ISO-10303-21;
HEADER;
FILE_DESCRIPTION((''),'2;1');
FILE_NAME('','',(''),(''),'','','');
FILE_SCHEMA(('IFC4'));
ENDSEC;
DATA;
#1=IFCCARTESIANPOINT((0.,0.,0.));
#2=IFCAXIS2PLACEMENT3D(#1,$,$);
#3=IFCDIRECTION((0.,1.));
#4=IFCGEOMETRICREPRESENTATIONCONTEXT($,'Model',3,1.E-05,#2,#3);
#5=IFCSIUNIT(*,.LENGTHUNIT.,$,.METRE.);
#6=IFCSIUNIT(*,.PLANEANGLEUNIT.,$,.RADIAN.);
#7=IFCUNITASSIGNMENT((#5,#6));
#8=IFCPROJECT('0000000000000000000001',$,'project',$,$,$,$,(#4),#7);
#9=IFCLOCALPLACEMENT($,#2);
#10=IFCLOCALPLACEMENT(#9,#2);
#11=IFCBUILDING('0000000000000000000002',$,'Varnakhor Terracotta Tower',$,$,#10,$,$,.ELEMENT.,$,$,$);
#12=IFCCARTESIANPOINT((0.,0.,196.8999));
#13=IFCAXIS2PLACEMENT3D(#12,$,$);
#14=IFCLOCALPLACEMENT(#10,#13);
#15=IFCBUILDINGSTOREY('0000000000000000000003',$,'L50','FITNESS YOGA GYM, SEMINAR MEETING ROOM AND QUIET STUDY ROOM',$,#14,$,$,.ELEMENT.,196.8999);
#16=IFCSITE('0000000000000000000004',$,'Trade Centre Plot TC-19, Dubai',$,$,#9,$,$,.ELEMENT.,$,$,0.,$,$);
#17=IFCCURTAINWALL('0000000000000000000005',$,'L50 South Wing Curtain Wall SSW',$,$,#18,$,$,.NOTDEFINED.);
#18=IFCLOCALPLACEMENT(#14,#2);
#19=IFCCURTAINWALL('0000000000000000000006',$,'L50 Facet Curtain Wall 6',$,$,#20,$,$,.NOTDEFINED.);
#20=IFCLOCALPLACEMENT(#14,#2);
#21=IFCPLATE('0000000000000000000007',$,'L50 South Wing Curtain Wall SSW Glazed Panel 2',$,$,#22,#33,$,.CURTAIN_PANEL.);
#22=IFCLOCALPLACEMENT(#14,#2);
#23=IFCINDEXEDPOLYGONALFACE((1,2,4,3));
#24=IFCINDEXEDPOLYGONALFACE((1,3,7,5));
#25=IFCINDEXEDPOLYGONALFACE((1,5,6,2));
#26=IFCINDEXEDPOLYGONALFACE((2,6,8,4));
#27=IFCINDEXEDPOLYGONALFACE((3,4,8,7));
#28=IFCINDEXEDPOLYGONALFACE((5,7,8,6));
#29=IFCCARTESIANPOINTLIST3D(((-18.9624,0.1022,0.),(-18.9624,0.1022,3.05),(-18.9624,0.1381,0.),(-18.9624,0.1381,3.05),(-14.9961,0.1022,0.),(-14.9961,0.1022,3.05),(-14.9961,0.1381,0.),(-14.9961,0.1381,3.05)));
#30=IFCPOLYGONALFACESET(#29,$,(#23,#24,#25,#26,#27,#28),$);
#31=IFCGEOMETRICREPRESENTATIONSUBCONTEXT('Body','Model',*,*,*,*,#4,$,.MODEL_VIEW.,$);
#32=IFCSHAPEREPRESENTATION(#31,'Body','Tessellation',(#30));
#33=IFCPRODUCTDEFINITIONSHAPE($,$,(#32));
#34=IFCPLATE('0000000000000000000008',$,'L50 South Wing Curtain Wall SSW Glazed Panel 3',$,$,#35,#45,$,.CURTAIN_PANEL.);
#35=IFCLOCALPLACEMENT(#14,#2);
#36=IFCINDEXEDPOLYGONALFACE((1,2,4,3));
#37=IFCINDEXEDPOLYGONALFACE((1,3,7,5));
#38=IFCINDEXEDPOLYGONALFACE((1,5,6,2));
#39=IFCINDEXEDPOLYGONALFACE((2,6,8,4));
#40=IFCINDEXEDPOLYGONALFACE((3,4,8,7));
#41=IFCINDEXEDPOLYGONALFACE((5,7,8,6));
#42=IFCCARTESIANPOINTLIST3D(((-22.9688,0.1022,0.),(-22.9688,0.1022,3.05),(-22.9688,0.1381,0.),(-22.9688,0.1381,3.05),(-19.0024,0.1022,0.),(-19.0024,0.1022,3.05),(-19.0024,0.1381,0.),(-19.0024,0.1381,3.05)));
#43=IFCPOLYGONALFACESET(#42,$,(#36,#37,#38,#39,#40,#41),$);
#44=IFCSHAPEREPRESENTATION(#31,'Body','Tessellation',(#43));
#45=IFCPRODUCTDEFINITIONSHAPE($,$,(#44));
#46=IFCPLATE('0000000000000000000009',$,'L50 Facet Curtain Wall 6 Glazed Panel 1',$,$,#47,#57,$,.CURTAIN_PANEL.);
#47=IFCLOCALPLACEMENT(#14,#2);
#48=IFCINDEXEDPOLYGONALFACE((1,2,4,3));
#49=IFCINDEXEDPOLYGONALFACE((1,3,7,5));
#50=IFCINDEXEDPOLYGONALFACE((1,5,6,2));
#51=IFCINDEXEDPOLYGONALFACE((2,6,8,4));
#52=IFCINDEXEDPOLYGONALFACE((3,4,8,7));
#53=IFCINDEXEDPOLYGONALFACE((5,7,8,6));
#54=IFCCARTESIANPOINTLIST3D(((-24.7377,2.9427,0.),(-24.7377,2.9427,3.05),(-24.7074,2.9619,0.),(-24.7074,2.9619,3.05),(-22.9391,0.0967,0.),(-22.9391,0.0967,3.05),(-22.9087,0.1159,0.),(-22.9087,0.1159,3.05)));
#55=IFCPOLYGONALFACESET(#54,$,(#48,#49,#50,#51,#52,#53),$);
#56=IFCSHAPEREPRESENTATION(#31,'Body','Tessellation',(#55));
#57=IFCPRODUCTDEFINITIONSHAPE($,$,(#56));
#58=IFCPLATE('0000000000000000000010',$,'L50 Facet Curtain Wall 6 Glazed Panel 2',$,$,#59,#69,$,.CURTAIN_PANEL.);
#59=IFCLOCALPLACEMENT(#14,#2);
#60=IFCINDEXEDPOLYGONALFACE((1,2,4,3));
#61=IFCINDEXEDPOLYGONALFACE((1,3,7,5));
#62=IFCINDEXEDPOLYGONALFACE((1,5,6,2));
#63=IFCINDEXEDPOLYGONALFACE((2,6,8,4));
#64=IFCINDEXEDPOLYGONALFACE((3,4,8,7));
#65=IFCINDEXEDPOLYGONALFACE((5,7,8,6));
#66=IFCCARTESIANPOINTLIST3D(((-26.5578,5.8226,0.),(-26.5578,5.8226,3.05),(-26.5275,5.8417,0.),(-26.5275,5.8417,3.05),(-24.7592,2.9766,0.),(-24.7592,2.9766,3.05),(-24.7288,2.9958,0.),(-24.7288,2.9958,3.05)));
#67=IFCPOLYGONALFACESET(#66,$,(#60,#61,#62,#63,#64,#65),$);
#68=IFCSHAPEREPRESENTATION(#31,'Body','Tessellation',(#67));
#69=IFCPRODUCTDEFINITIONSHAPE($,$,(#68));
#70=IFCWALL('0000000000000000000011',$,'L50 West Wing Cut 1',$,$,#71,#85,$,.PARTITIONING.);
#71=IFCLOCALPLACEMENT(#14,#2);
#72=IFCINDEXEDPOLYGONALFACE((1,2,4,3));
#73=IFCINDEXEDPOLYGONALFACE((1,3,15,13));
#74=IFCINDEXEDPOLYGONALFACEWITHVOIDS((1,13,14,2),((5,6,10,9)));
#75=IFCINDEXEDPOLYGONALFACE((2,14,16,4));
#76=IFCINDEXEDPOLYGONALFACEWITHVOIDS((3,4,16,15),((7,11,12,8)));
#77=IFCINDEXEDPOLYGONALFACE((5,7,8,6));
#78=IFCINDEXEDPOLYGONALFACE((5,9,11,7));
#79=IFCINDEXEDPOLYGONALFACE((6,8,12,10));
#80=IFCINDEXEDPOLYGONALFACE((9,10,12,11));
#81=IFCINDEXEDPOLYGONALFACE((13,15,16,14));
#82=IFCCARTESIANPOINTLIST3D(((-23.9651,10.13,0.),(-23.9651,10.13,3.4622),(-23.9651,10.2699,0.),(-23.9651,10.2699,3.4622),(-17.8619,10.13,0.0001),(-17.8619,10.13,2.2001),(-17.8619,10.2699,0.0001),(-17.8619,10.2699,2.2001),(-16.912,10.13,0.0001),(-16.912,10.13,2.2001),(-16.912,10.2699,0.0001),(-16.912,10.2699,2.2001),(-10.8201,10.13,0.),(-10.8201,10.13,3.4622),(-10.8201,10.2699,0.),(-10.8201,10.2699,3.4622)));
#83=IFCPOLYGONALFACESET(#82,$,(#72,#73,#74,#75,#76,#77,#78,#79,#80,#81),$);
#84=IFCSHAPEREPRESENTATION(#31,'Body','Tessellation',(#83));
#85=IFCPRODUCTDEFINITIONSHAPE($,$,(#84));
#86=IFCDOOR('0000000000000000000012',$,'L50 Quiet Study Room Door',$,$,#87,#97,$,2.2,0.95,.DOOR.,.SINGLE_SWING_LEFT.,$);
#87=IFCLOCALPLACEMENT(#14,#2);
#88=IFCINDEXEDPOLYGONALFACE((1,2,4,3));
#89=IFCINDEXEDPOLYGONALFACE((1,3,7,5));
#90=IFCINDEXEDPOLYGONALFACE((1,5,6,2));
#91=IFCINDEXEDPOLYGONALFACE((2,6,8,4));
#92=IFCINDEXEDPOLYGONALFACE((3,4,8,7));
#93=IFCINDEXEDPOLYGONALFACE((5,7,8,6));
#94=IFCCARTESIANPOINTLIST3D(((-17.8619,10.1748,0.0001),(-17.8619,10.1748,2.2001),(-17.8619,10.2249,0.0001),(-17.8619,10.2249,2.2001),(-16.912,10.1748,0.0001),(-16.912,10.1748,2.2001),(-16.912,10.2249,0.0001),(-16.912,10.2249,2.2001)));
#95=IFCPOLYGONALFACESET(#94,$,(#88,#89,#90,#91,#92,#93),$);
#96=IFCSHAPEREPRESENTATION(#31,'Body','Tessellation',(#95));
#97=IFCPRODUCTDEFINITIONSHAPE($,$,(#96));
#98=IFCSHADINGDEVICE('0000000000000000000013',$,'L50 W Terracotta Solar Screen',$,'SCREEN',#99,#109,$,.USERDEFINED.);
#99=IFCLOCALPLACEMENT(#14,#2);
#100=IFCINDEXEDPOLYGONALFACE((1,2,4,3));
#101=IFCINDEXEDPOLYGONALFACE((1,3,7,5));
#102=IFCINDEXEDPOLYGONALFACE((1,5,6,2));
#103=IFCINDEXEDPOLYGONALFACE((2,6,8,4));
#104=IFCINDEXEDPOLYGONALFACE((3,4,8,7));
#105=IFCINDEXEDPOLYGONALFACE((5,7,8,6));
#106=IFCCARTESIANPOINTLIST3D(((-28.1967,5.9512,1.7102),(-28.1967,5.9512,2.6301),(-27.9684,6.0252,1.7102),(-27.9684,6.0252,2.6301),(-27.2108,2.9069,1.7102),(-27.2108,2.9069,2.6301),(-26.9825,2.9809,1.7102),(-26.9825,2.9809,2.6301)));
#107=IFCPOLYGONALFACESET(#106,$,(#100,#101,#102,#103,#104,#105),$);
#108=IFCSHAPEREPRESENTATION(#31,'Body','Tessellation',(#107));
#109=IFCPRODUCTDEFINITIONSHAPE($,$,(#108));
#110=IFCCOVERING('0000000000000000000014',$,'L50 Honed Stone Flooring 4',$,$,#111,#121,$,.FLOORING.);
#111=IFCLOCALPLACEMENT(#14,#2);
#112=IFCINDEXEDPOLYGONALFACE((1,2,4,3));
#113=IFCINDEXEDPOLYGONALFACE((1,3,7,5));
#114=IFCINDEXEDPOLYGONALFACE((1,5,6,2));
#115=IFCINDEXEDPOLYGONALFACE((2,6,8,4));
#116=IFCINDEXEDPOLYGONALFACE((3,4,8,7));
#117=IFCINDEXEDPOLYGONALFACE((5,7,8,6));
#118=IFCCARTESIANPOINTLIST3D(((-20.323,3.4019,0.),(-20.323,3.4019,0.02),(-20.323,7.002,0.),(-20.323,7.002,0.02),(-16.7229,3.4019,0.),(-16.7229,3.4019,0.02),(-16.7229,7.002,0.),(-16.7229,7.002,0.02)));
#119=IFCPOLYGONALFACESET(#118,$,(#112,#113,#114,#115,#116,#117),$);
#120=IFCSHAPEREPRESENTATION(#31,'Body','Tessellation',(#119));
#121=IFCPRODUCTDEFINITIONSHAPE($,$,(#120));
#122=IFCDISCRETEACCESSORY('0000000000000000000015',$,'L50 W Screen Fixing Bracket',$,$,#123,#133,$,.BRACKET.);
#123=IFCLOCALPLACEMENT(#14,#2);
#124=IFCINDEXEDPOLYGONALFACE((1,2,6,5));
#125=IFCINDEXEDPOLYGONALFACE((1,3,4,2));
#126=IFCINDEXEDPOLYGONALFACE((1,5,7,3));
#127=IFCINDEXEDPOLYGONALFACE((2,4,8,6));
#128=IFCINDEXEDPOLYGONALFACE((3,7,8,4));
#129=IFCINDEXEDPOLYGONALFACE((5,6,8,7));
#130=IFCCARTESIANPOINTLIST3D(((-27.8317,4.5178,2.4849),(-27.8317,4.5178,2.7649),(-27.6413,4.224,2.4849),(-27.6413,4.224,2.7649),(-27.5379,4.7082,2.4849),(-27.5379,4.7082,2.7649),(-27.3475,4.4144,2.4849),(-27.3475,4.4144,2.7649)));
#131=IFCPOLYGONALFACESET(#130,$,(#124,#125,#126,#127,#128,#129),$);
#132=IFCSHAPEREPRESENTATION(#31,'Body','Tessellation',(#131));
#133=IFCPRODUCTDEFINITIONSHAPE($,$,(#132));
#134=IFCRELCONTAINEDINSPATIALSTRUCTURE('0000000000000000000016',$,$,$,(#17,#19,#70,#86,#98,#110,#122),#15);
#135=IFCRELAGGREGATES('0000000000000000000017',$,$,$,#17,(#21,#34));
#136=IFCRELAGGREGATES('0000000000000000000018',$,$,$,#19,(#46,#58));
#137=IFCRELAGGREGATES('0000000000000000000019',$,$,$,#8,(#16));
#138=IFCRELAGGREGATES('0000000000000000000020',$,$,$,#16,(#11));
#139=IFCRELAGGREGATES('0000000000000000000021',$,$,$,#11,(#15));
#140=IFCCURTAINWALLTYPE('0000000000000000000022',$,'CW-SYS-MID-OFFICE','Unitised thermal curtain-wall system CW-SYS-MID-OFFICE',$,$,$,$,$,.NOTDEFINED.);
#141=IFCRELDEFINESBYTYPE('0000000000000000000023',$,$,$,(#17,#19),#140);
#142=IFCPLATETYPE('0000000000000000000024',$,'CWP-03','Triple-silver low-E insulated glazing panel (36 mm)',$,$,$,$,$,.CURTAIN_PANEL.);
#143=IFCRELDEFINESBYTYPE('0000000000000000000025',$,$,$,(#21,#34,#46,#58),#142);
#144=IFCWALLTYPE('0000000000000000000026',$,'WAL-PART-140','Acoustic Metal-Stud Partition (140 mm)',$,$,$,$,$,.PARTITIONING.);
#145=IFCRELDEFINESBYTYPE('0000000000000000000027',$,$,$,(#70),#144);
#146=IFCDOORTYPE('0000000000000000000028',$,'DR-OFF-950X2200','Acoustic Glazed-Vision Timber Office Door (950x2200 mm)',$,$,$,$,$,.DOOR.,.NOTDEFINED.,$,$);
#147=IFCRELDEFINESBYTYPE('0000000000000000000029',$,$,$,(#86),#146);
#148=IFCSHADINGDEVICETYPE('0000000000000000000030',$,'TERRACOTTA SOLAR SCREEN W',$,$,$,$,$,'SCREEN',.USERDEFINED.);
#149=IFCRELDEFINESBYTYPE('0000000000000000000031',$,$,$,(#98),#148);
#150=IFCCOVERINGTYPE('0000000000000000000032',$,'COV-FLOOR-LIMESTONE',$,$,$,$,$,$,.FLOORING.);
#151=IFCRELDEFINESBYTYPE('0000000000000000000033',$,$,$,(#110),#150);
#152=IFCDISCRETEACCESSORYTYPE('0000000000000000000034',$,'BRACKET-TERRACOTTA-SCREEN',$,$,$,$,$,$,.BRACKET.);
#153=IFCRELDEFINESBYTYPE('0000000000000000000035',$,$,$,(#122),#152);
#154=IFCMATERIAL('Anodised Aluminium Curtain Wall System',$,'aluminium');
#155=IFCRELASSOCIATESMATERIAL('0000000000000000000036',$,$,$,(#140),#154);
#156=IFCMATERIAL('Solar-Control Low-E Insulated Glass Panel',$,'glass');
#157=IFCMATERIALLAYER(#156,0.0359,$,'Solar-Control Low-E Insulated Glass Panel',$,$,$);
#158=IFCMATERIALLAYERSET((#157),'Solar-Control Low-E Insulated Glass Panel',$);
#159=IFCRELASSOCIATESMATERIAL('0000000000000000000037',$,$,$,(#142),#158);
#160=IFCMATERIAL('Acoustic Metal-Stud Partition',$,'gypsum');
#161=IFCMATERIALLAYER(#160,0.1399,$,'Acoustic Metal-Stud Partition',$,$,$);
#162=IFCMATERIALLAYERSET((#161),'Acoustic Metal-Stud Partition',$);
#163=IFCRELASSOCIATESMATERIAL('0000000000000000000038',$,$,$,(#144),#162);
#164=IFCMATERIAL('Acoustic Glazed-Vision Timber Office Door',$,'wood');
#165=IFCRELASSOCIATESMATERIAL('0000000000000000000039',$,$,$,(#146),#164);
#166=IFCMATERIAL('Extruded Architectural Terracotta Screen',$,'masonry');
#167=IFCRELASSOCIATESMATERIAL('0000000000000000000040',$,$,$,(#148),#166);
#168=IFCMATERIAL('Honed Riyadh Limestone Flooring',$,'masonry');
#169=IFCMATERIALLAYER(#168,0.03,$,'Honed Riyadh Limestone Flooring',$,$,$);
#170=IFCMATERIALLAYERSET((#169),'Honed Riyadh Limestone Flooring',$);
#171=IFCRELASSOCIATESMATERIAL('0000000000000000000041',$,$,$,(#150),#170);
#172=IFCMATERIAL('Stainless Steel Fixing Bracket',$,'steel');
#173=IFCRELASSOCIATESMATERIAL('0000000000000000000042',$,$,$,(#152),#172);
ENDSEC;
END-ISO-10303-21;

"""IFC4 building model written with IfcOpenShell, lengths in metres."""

from ifc_helpers import new_model, si_unit, direction, frame, frame_2d, origin, origin_2d, place, context, subcontext, project, spatial, rectangle, extrude, source, transform, mapped, material, layer, layer_set, type_object, type_shapes, element, fill, aggregate, save


model = new_model("IFC4")

# Units and contexts
model_context = context("Model", 3, precision=1e-05, world=origin(), true_north=direction((0.0, 1.0)))
body_context = subcontext(model_context, "Body", "Model", "MODEL_VIEW")
ifc_project = project(units=[si_unit("LENGTHUNIT", "METRE"), si_unit("PLANEANGLEUNIT", "RADIAN")], contexts=[model_context])

# Site, building, storey
site_placement = place(None, origin())
site = spatial("IfcSite", under=ifc_project, at=site_placement, Name="Trade Centre Plot TC-19, Dubai", CompositionType="ELEMENT", RefElevation=0.0)
building_placement = place(site_placement, origin())
building = spatial("IfcBuilding", under=site, at=building_placement, Name="Varnakhor Terracotta Tower", CompositionType="ELEMENT")
storey_placement = place(building_placement, frame((0.0, 0.0, 196.8999)))
storey = spatial("IfcBuildingStorey", under=building, at=storey_placement, Name="L50", Description="FITNESS YOGA GYM, SEMINAR MEETING ROOM AND QUIET STUDY ROOM", CompositionType="ELEMENT", Elevation=196.8999)

# Curtain walls
ifc_material_1 = material(Name="Anodised Aluminium Curtain Wall System", Category="aluminium")
curtain_wall_type = type_object("IfcCurtainWallType", Name="CW-SYS-MID-OFFICE", Description="Unitised thermal curtain-wall system CW-SYS-MID-OFFICE", PredefinedType="NOTDEFINED", material=ifc_material_1)
curtain_wall_1_placement = place(storey_placement, origin())
curtain_wall_1 = element("IfcCurtainWall", 1, at=curtain_wall_1_placement, inside=storey, type_object=curtain_wall_type, Name="L50 South Wing Curtain Wall SSW", PredefinedType="NOTDEFINED")
curtain_wall_2_placement = place(storey_placement, origin())
curtain_wall_2 = element("IfcCurtainWall", 2, at=curtain_wall_2_placement, inside=storey, type_object=curtain_wall_type, Name="L50 Facet Curtain Wall 6", PredefinedType="NOTDEFINED")

# Plates
ifc_material_2 = material(Name="Solar-Control Low-E Insulated Glass Panel", Category="glass")
ifc_layer_1 = layer(ifc_material_2, 0.0359, Name="Solar-Control Low-E Insulated Glass Panel")
ifc_layer_set_1 = layer_set([ifc_layer_1], Name="Solar-Control Low-E Insulated Glass Panel")
plate_type = type_object("IfcPlateType", Name="CWP-03", Description="Triple-silver low-E insulated glazing panel (36 mm)", PredefinedType="CURTAIN_PANEL", material=ifc_layer_set_1)
shared_shape_1 = source(origin(), body_context, "Body", "SweptSolid", [
    extrude(rectangle(XDim=3.9663, YDim=0.0359, at=origin_2d()), origin(), (0.0, 0.0, 1.0), 3.05),
])
plate_1_placement = place(storey_placement, frame((-16.9792, 0.1201, 0.0), z_axis=(0.0, 0.0, 1.0), x_axis=(-1.0, 0.0, 0.0)))
plate_1 = element("IfcPlate", 3, at=plate_1_placement, type_object=plate_type, Name="L50 South Wing Curtain Wall SSW Glazed Panel 2", PredefinedType="CURTAIN_PANEL", context=body_context, shape_type="MappedRepresentation", body=[
    mapped(shared_shape_1, transform((0.0, 0.0, 0.0), scale=1.0)),
])
plate_2_placement = place(storey_placement, frame((-20.9856, 0.1201, 0.0), z_axis=(0.0, 0.0, 1.0), x_axis=(-1.0, 0.0, 0.0)))
plate_2 = element("IfcPlate", 4, at=plate_2_placement, type_object=plate_type, Name="L50 South Wing Curtain Wall SSW Glazed Panel 3", PredefinedType="CURTAIN_PANEL", context=body_context, shape_type="MappedRepresentation", body=[
    mapped(shared_shape_1, transform((0.0, 0.0, 0.0), scale=1.0)),
])
aggregate(curtain_wall_1, [plate_1, plate_2])
shared_shape_2 = source(origin(), body_context, "Body", "SweptSolid", [
    extrude(rectangle(XDim=3.3667, YDim=0.0359, at=origin_2d()), origin(), (0.0, 0.0, 1.0), 3.05),
])
plate_3_placement = place(storey_placement, frame((-23.8232, 1.5293, 0.0), z_axis=(0.0, 0.0, 1.0), x_axis=(-0.534249, 0.845327, 0.0)))
plate_3 = element("IfcPlate", 5, at=plate_3_placement, type_object=plate_type, Name="L50 Facet Curtain Wall 6 Glazed Panel 1", PredefinedType="CURTAIN_PANEL", context=body_context, shape_type="MappedRepresentation", body=[
    mapped(shared_shape_2, transform((0.0, 0.0, 0.0), scale=1.0)),
])
plate_4_placement = place(storey_placement, frame((-25.6433, 4.4092, 0.0), z_axis=(0.0, 0.0, 1.0), x_axis=(-0.534249, 0.845327, 0.0)))
plate_4 = element("IfcPlate", 6, at=plate_4_placement, type_object=plate_type, Name="L50 Facet Curtain Wall 6 Glazed Panel 2", PredefinedType="CURTAIN_PANEL", context=body_context, shape_type="MappedRepresentation", body=[
    mapped(shared_shape_2, transform((0.0, 0.0, 0.0), scale=1.0)),
])
aggregate(curtain_wall_2, [plate_3, plate_4])

# Wall, opening, door
ifc_material_3 = material(Name="Acoustic Metal-Stud Partition", Category="gypsum")
ifc_layer_2 = layer(ifc_material_3, 0.1399, Name="Acoustic Metal-Stud Partition")
ifc_layer_set_2 = layer_set([ifc_layer_2], Name="Acoustic Metal-Stud Partition")
wall_type = type_object("IfcWallType", Name="WAL-PART-140", Description="Acoustic Metal-Stud Partition (140 mm)", PredefinedType="PARTITIONING", material=ifc_layer_set_2)
wall_placement = place(storey_placement, frame((-23.9651, 10.2, 0.0), z_axis=(0.0, 0.0, 1.0), x_axis=(1.0, 0.0, 0.0)))
wall = element("IfcWall", 7, at=wall_placement, inside=storey, type_object=wall_type, Name="L50 West Wing Cut 1", PredefinedType="PARTITIONING", context=body_context, shape_type="SweptSolid", body=[
    extrude(rectangle(XDim=13.145, YDim=0.1399, at=frame_2d((6.5725, 0.0))), origin(), (0.0, 0.0, 1.0), 3.4622),
])
opening_placement = place(wall_placement, frame((6.103, 0.0, 0.0)))
opening = element("IfcOpeningElement", 8, at=opening_placement, cuts=wall, PredefinedType="OPENING", context=body_context, shape_type="SweptSolid", body=[
    extrude(rectangle(XDim=0.95, YDim=2.2, at=frame_2d((0.4751, 1.1001))), frame((0.0, 0.0801, 0.0), z_axis=(0.0, -1.0, 0.0), x_axis=(1.0, 0.0, 0.0)), (0.0, 0.0, 1.0), 0.1599),
])
ifc_material_4 = material(Name="Acoustic Glazed-Vision Timber Office Door", Category="wood")
door_type = type_object("IfcDoorType", Name="DR-OFF-950X2200", Description="Acoustic Glazed-Vision Timber Office Door (950x2200 mm)", OperationType="NOTDEFINED", PredefinedType="DOOR", material=ifc_material_4)
shared_shape_3 = source(origin(), body_context, "Body", "SweptSolid", [
    extrude(rectangle(XDim=0.95, YDim=2.2, at=frame_2d((0.4751, 1.1001))), frame((0.0, 0.0249, 0.0), z_axis=(0.0, -1.0, 0.0), x_axis=(1.0, 0.0, 0.0)), (0.0, 0.0, 1.0), 0.05),
])
type_shapes(door_type, [shared_shape_3])
door_placement = place(opening_placement, origin())
door = element("IfcDoor", 9, at=door_placement, inside=storey, type_object=door_type, Name="L50 Quiet Study Room Door", OperationType="SINGLE_SWING_LEFT", OverallHeight=2.2, OverallWidth=0.95, PredefinedType="DOOR", context=body_context, shape_type="MappedRepresentation", body=[
    mapped(shared_shape_3, transform((0.0, 0.0, 0.0), scale=1.0)),
])
fill(opening, door)

# Shading device
ifc_material_5 = material(Name="Extruded Architectural Terracotta Screen", Category="masonry")
shading_device_type = type_object("IfcShadingDeviceType", Name="TERRACOTTA SOLAR SCREEN W", ElementType="SCREEN", PredefinedType="USERDEFINED", material=ifc_material_5)
shared_shape_4 = source(origin(), body_context, "Body", "SweptSolid", [
    extrude(rectangle(XDim=3.2, YDim=0.24, at=origin_2d()), origin(), (0.0, 0.0, 1.0), 0.9199),
])
type_shapes(shading_device_type, [shared_shape_4])
shading_device_placement = place(storey_placement, frame((-27.5896, 4.4661, 1.7102), z_axis=(0.0, 0.0, 1.0), x_axis=(0.308087, -0.951358, 0.0)))
element("IfcShadingDevice", 10, at=shading_device_placement, inside=storey, type_object=shading_device_type, Name="L50 W Terracotta Solar Screen", ObjectType="SCREEN", PredefinedType="USERDEFINED", context=body_context, shape_type="MappedRepresentation", body=[
    mapped(shared_shape_4, transform((0.0, 0.0, 0.0), scale=1.0)),
])

# Covering
ifc_material_6 = material(Name="Honed Riyadh Limestone Flooring", Category="masonry")
ifc_layer_3 = layer(ifc_material_6, 0.03, Name="Honed Riyadh Limestone Flooring")
ifc_layer_set_3 = layer_set([ifc_layer_3], Name="Honed Riyadh Limestone Flooring")
covering_type = type_object("IfcCoveringType", Name="COV-FLOOR-LIMESTONE", PredefinedType="FLOORING", material=ifc_layer_set_3)
shared_shape_5 = source(origin(), body_context, "Body", "SweptSolid", [
    extrude(rectangle(XDim=3.6001, YDim=3.6001, at=origin_2d()), origin(), (0.0, 0.0, 1.0), 0.02),
])
covering_placement = place(storey_placement, frame((-18.5229, 5.2019, 0.0), z_axis=(0.0, 0.0, 1.0), x_axis=(1.0, 0.0, 0.0)))
element("IfcCovering", 11, at=covering_placement, inside=storey, type_object=covering_type, Name="L50 Honed Stone Flooring 4", PredefinedType="FLOORING", context=body_context, shape_type="MappedRepresentation", body=[
    mapped(shared_shape_5, transform((0.0, 0.0, 0.0), scale=1.0)),
])

# Discrete accessory
ifc_material_7 = material(Name="Stainless Steel Fixing Bracket", Category="steel")
discrete_accessory_type = type_object("IfcDiscreteAccessoryType", Name="BRACKET-TERRACOTTA-SCREEN", PredefinedType="BRACKET", material=ifc_material_7)
shared_shape_6 = source(origin(), body_context, "Body", "SweptSolid", [
    extrude(rectangle(XDim=0.3501, YDim=0.3501, at=origin_2d()), origin(), (0.0, 0.0, 1.0), 0.28),
])
type_shapes(discrete_accessory_type, [shared_shape_6])
discrete_accessory_placement = place(storey_placement, frame((-27.5896, 4.4661, 2.4849), z_axis=(0.0, 0.0, 1.0), x_axis=(0.543819, -0.839202, 0.0)))
element("IfcDiscreteAccessory", 12, at=discrete_accessory_placement, inside=storey, type_object=discrete_accessory_type, Name="L50 W Screen Fixing Bracket", PredefinedType="BRACKET", context=body_context, shape_type="MappedRepresentation", body=[
    mapped(shared_shape_6, transform((0.0, 0.0, 0.0), scale=1.0)),
])

save(model, "model.ifc")
